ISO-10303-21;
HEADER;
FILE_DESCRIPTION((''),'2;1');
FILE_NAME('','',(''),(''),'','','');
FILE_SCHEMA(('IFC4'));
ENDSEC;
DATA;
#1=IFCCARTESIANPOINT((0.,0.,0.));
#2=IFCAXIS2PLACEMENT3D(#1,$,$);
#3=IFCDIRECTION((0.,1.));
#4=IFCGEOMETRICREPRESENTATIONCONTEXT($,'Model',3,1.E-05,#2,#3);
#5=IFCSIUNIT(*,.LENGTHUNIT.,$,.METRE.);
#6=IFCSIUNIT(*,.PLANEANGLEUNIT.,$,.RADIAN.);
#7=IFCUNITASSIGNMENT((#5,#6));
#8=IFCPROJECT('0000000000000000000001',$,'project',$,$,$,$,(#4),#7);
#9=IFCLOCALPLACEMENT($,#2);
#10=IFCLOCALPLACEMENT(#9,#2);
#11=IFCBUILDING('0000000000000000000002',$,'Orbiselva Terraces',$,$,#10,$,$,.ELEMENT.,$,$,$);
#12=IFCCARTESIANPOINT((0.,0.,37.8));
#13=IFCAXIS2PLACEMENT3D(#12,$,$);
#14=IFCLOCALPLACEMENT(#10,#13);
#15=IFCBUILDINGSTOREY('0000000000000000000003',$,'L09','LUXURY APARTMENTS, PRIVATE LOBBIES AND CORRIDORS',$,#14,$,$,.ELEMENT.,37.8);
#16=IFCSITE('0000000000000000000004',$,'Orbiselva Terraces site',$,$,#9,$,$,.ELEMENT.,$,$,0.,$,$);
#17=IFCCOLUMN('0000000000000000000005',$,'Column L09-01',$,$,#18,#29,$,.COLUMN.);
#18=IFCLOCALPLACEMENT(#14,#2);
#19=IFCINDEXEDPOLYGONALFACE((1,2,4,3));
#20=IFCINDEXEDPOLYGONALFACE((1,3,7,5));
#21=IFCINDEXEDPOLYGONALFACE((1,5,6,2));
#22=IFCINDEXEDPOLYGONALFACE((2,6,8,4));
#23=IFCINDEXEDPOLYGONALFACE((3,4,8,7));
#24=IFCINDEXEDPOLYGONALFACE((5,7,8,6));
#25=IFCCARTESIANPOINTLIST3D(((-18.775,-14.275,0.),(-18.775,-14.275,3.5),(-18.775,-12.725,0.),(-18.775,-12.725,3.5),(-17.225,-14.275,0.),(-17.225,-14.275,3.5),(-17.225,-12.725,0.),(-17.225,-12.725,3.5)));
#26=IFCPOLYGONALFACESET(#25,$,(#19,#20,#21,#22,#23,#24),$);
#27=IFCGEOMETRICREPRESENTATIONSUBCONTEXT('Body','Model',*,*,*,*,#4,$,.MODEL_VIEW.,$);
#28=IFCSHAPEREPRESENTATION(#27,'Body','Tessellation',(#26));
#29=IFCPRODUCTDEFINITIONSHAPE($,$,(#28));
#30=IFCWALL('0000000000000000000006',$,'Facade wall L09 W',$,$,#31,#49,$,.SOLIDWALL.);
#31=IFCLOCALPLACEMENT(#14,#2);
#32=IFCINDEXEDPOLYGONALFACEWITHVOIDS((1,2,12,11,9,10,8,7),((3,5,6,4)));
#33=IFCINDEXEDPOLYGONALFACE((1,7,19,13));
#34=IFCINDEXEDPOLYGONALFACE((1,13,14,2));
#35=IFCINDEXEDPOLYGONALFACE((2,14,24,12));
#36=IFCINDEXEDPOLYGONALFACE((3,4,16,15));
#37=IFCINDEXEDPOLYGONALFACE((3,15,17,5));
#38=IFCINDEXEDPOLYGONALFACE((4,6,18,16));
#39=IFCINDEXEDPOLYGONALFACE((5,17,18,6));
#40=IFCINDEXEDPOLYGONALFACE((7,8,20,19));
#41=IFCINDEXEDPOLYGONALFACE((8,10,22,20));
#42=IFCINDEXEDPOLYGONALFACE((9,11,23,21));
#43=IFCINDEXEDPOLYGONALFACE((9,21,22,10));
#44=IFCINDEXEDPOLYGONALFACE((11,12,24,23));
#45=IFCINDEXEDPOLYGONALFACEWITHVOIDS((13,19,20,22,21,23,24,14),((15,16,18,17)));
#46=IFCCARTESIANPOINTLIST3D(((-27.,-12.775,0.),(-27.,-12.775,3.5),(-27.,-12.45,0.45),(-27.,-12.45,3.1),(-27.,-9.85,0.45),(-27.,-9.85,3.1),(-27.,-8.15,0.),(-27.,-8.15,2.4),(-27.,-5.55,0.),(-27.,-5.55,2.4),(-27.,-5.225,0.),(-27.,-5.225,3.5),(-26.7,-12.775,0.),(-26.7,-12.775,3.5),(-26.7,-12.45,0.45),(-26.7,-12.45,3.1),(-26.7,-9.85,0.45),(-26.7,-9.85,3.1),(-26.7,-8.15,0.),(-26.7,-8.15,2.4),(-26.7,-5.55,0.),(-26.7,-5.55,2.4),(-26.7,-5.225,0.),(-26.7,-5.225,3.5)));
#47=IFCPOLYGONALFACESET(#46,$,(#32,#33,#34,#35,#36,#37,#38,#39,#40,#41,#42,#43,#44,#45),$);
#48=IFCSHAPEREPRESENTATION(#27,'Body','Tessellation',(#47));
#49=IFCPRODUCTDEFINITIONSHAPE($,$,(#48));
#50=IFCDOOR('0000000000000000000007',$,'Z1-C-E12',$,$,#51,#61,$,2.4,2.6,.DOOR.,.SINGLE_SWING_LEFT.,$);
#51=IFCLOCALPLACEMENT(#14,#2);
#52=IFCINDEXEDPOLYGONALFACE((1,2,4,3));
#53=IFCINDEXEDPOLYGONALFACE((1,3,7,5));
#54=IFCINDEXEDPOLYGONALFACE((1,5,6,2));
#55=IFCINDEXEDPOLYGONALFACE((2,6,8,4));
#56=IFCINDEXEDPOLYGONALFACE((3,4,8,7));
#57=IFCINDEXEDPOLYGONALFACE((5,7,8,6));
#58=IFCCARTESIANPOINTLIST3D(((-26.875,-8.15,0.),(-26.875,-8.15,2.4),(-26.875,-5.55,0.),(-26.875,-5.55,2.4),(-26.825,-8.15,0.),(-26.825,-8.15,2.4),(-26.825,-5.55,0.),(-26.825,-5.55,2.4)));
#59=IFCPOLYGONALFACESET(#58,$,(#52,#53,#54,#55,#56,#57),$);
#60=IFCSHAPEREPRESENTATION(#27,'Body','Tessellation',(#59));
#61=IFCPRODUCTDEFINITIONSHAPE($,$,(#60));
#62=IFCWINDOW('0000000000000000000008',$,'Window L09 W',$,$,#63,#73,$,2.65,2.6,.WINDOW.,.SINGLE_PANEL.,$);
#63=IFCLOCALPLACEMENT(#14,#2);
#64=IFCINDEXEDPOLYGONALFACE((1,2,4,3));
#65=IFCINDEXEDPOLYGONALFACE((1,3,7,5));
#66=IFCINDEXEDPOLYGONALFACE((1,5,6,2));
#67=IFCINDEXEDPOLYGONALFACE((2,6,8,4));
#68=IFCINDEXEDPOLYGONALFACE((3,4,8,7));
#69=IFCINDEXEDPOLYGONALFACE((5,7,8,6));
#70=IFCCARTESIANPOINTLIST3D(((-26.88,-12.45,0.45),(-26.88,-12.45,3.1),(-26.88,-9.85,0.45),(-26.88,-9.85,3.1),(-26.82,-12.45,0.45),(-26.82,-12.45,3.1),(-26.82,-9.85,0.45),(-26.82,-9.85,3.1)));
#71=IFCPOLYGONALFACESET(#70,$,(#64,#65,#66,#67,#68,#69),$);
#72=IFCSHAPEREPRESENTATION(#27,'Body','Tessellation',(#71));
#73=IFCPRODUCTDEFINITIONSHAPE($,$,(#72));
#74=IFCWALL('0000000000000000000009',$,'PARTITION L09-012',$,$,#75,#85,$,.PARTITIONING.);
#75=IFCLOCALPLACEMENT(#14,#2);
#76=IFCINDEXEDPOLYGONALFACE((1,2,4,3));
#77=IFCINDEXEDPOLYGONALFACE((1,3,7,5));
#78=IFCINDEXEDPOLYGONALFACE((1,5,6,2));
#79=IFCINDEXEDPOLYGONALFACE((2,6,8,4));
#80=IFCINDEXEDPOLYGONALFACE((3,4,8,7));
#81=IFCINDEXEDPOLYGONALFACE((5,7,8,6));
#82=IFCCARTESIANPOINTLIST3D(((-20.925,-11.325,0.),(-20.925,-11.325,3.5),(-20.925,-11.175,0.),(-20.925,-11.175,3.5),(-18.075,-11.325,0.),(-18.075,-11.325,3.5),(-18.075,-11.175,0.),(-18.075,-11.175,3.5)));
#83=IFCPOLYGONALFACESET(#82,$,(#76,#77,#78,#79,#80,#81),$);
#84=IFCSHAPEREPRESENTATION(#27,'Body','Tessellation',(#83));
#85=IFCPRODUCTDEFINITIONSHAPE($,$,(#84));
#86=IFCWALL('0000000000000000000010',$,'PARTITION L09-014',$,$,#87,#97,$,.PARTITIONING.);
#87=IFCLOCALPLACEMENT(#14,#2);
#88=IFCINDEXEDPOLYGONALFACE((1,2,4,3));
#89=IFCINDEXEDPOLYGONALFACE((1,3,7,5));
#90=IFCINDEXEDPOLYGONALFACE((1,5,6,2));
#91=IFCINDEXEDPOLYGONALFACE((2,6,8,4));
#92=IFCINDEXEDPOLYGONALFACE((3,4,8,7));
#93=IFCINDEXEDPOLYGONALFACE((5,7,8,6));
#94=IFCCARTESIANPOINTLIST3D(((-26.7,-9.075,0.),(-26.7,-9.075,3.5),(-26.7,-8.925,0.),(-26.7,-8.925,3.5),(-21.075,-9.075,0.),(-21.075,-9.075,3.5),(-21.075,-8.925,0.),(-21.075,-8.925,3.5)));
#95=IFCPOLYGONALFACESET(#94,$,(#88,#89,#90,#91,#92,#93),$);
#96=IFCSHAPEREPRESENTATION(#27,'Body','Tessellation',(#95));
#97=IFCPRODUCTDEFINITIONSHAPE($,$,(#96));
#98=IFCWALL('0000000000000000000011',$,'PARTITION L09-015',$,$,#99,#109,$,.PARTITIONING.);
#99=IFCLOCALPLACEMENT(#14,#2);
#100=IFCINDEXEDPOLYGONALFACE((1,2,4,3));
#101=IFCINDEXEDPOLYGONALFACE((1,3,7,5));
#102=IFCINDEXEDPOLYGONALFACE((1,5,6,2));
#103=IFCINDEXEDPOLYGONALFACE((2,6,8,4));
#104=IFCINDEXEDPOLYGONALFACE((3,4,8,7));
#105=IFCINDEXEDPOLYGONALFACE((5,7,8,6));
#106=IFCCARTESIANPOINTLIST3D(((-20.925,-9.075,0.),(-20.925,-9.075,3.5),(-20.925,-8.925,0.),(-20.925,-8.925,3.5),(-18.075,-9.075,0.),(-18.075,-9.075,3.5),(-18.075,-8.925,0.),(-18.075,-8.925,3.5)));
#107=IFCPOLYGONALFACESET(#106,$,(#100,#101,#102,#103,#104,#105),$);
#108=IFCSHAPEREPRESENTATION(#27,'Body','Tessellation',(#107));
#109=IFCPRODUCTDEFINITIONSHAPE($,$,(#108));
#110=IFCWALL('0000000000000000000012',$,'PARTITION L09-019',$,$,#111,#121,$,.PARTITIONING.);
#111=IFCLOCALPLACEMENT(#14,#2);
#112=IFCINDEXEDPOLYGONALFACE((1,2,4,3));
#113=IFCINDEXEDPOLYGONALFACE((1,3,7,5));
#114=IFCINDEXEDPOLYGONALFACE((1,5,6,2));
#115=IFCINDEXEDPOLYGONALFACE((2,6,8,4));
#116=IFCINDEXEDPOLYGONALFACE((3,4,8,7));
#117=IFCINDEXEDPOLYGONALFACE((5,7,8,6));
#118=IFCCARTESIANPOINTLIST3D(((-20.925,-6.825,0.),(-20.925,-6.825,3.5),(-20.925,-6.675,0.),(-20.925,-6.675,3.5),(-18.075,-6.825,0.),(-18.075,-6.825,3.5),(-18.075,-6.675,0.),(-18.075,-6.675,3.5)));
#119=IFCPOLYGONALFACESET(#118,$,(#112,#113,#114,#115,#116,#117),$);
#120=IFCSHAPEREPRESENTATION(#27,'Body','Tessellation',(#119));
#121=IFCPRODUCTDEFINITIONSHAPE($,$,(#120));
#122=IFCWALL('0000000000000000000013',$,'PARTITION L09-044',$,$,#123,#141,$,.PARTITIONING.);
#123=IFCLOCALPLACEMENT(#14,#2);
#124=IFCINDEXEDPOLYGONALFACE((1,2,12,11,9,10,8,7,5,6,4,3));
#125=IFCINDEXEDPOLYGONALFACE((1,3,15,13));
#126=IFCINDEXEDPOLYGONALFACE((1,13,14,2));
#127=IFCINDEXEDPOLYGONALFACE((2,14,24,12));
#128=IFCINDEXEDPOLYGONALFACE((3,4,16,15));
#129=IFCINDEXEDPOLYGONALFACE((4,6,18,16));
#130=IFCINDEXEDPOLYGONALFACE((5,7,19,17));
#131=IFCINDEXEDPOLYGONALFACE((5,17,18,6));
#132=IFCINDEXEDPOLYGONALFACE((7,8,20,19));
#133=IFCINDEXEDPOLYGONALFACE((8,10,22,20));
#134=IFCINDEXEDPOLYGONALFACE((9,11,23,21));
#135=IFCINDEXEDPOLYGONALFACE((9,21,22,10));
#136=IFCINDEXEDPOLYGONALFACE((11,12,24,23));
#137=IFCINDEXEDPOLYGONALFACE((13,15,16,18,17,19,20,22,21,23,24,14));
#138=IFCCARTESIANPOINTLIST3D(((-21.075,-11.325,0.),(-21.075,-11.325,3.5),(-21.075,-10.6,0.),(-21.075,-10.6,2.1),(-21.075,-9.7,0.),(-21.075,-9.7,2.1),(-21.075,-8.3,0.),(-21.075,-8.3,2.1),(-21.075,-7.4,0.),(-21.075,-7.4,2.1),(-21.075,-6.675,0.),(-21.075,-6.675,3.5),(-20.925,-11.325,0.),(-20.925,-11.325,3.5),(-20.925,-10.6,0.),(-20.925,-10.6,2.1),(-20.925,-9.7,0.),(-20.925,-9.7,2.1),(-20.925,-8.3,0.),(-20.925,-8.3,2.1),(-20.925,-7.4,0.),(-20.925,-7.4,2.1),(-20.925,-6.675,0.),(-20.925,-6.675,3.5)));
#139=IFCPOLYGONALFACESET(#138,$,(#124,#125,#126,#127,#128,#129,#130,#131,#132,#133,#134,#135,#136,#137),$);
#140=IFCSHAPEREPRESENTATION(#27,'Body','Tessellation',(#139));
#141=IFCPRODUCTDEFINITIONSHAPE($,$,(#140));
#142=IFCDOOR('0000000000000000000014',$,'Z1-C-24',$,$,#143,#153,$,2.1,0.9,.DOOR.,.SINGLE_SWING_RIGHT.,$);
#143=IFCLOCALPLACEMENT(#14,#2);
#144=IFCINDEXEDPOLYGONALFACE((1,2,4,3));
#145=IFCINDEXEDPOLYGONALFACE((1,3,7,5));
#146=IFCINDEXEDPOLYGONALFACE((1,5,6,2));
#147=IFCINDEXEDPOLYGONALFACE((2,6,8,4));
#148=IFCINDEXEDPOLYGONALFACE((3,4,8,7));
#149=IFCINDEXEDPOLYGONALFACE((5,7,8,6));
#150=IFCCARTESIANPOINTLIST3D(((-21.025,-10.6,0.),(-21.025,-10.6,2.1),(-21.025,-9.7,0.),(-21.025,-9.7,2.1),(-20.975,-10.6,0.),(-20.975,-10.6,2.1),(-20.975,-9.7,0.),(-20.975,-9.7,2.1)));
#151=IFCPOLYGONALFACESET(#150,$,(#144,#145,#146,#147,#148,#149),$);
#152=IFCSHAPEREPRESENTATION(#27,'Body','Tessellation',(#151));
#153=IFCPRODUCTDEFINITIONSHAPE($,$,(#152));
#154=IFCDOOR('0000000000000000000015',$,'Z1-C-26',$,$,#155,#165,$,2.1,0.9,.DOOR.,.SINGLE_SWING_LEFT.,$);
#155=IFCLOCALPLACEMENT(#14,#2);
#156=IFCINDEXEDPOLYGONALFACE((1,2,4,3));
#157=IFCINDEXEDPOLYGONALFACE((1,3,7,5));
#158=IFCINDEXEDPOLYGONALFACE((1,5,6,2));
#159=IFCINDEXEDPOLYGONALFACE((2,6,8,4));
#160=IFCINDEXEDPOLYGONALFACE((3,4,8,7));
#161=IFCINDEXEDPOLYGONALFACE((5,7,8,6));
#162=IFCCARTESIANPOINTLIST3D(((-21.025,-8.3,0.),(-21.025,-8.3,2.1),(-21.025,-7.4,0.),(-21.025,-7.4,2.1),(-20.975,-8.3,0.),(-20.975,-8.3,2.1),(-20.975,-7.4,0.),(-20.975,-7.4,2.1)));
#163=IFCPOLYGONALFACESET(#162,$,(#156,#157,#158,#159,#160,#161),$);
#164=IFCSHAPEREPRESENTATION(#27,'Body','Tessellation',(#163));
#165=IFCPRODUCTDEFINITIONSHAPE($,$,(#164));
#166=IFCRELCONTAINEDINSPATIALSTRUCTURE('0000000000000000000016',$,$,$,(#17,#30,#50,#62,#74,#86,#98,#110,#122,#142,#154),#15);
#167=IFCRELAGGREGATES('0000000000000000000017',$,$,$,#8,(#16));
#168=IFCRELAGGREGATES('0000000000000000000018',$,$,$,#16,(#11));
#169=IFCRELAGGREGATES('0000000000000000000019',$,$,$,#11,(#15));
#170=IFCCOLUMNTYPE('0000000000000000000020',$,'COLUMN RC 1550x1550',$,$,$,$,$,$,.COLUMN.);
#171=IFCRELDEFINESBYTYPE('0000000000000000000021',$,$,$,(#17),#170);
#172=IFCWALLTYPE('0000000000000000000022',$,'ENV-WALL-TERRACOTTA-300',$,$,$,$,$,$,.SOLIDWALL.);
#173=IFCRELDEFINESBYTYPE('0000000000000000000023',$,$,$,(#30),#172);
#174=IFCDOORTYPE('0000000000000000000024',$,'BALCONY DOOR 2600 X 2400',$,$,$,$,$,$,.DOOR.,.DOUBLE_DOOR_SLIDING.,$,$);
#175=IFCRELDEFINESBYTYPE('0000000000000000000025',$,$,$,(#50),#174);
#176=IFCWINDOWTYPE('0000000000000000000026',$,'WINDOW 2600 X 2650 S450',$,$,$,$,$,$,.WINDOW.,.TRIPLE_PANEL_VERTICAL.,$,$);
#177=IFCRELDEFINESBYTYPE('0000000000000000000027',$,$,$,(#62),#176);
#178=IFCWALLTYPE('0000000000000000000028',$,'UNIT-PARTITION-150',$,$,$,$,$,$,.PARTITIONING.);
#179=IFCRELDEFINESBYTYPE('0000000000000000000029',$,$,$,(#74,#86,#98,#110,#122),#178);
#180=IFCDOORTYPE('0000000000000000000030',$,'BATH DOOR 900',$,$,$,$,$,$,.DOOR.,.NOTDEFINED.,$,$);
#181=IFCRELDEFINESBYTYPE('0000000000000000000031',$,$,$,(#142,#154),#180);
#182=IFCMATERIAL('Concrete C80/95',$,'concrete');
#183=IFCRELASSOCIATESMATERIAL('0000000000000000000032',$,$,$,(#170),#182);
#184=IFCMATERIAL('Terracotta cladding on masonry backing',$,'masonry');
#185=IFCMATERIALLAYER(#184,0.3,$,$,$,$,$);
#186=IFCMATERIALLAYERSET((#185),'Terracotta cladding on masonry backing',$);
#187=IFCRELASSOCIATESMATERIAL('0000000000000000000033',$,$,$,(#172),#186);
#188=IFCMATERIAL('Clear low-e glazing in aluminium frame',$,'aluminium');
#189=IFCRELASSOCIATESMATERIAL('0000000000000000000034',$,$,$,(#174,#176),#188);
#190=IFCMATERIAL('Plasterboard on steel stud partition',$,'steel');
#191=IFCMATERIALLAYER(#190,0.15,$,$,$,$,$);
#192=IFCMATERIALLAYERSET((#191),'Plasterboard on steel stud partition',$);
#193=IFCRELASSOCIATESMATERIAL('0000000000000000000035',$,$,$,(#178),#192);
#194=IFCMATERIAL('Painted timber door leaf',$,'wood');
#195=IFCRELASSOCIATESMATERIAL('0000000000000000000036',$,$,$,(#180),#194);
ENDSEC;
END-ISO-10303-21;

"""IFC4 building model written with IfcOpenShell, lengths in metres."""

from ifc_helpers import new_model, si_unit, direction, frame, frame_2d, origin, origin_2d, place, context, subcontext, project, spatial, rectangle, extrude, material, layer, layer_set, material_profile, profile_set, type_object, element, fill, save


model = new_model("IFC4")

# Units and contexts
model_context = context("Model", 3, precision=1e-05, world=origin(), true_north=direction((0.0, 1.0)))
body_context = subcontext(model_context, "Body", "Model", "MODEL_VIEW")
ifc_project = project(units=[si_unit("LENGTHUNIT", "METRE"), si_unit("PLANEANGLEUNIT", "RADIAN")], contexts=[model_context])

# Site, building, storey
site_placement = place(None, origin())
site = spatial("IfcSite", under=ifc_project, at=site_placement, Name="Orbiselva Terraces site", CompositionType="ELEMENT", RefElevation=0.0)
building_placement = place(site_placement, origin())
building = spatial("IfcBuilding", under=site, at=building_placement, Name="Orbiselva Terraces", CompositionType="ELEMENT")
storey_placement = place(building_placement, frame((0.0, 0.0, 37.8)))
storey = spatial("IfcBuildingStorey", under=building, at=storey_placement, Name="L09", Description="LUXURY APARTMENTS, PRIVATE LOBBIES AND CORRIDORS", CompositionType="ELEMENT", Elevation=37.8)

# Column
ifc_material_1 = material(Name="Concrete C80/95", Category="concrete")
ifc_material_profile = material_profile(ifc_material_1, rectangle(XDim=1.55, YDim=1.55, at=origin_2d()), Name="RC 1550x1550")
ifc_profile_set = profile_set([ifc_material_profile], Name="Concrete C80/95")
column_type = type_object("IfcColumnType", Name="COLUMN RC 1550x1550", PredefinedType="COLUMN", material=ifc_profile_set)
column_placement = place(storey_placement, frame((-18.0, -13.5, 0.0), z_axis=(0.0, 0.0, 1.0), x_axis=(1.0, 0.0, 0.0)))
element("IfcColumn", 1, at=column_placement, inside=storey, type_object=column_type, Name="Column L09-01", PredefinedType="COLUMN", context=body_context, shape_type="SweptSolid", body=[
    extrude(rectangle(XDim=1.55, YDim=1.55, at=origin_2d()), origin(), (0.0, 0.0, 1.0), 3.5),
])

# Wall, openings, door, window
ifc_material_2 = material(Name="Terracotta cladding on masonry backing", Category="masonry")
ifc_layer_1 = layer(ifc_material_2, 0.3)
ifc_layer_set_1 = layer_set([ifc_layer_1], Name="Terracotta cladding on masonry backing")
wall_type_1 = type_object("IfcWallType", Name="ENV-WALL-TERRACOTTA-300", PredefinedType="SOLIDWALL", material=ifc_layer_set_1)
wall_1_placement = place(storey_placement, frame((-26.85, -12.775, 0.0), z_axis=(0.0, 0.0, 1.0), x_axis=(0.0, 1.0, 0.0)))
wall_1 = element("IfcWall", 2, at=wall_1_placement, inside=storey, type_object=wall_type_1, Name="Facade wall L09 W", PredefinedType="SOLIDWALL", context=body_context, shape_type="SweptSolid", body=[
    extrude(rectangle(XDim=7.55, YDim=0.3, at=frame_2d((3.775, 0.0))), origin(), (0.0, 0.0, 1.0), 3.5),
])
opening_1_placement = place(wall_1_placement, frame((4.625, 0.0, 0.0)))
opening_1 = element("IfcOpeningElement", 3, at=opening_1_placement, cuts=wall_1, PredefinedType="OPENING", context=body_context, shape_type="SweptSolid", body=[
    extrude(rectangle(XDim=2.6, YDim=2.4, at=frame_2d((1.3, 1.2))), frame((0.0, 0.16, 0.0), z_axis=(0.0, -1.0, 0.0), x_axis=(1.0, 0.0, 0.0)), (0.0, 0.0, 1.0), 0.32),
])
opening_2_placement = place(wall_1_placement, frame((0.325, 0.0, 0.45)))
opening_2 = element("IfcOpeningElement", 4, at=opening_2_placement, cuts=wall_1, PredefinedType="OPENING", context=body_context, shape_type="SweptSolid", body=[
    extrude(rectangle(XDim=2.6, YDim=2.65, at=frame_2d((1.3, 1.325))), frame((0.0, 0.16, 0.0), z_axis=(0.0, -1.0, 0.0), x_axis=(1.0, 0.0, 0.0)), (0.0, 0.0, 1.0), 0.32),
])
ifc_material_3 = material(Name="Clear low-e glazing in aluminium frame", Category="aluminium")
door_type_1 = type_object("IfcDoorType", Name="BALCONY DOOR 2600 X 2400", OperationType="DOUBLE_DOOR_SLIDING", PredefinedType="DOOR", material=ifc_material_3)
door_1_placement = place(opening_1_placement, origin())
door_1 = element("IfcDoor", 5, at=door_1_placement, inside=storey, type_object=door_type_1, Name="Z1-C-E12", OperationType="SINGLE_SWING_LEFT", OverallHeight=2.4, OverallWidth=2.6, PredefinedType="DOOR", context=body_context, shape_type="SweptSolid", body=[
    extrude(rectangle(XDim=2.6, YDim=2.4, at=frame_2d((1.3, 1.2))), frame((0.0, 0.025, 0.0), z_axis=(0.0, -1.0, 0.0), x_axis=(1.0, 0.0, 0.0)), (0.0, 0.0, 1.0), 0.05),
])
fill(opening_1, door_1)
window_type = type_object("IfcWindowType", Name="WINDOW 2600 X 2650 S450", PartitioningType="TRIPLE_PANEL_VERTICAL", PredefinedType="WINDOW", material=ifc_material_3)
window_placement = place(opening_2_placement, origin())
window = element("IfcWindow", 6, at=window_placement, inside=storey, type_object=window_type, Name="Window L09 W", OverallHeight=2.65, OverallWidth=2.6, PartitioningType="SINGLE_PANEL", PredefinedType="WINDOW", context=body_context, shape_type="SweptSolid", body=[
    extrude(rectangle(XDim=2.6, YDim=2.65, at=frame_2d((1.3, 1.325))), frame((0.0, 0.03, 0.0), z_axis=(0.0, -1.0, 0.0), x_axis=(1.0, 0.0, 0.0)), (0.0, 0.0, 1.0), 0.06),
])
fill(opening_2, window)

# Walls
ifc_material_4 = material(Name="Plasterboard on steel stud partition", Category="steel")
ifc_layer_2 = layer(ifc_material_4, 0.15)
ifc_layer_set_2 = layer_set([ifc_layer_2], Name="Plasterboard on steel stud partition")
wall_type_2 = type_object("IfcWallType", Name="UNIT-PARTITION-150", PredefinedType="PARTITIONING", material=ifc_layer_set_2)
wall_2_placement = place(storey_placement, frame((-20.925, -11.25, 0.0), z_axis=(0.0, 0.0, 1.0), x_axis=(1.0, 0.0, 0.0)))
element("IfcWall", 7, at=wall_2_placement, inside=storey, type_object=wall_type_2, Name="PARTITION L09-012", PredefinedType="PARTITIONING", context=body_context, shape_type="SweptSolid", body=[
    extrude(rectangle(XDim=2.85, YDim=0.15, at=frame_2d((1.425, 0.0))), origin(), (0.0, 0.0, 1.0), 3.5),
])
wall_3_placement = place(storey_placement, frame((-26.7, -9.0, 0.0), z_axis=(0.0, 0.0, 1.0), x_axis=(1.0, 0.0, 0.0)))
element("IfcWall", 8, at=wall_3_placement, inside=storey, type_object=wall_type_2, Name="PARTITION L09-014", PredefinedType="PARTITIONING", context=body_context, shape_type="SweptSolid", body=[
    extrude(rectangle(XDim=5.625, YDim=0.15, at=frame_2d((2.8125, 0.0))), origin(), (0.0, 0.0, 1.0), 3.5),
])
for number, where, z_axis, x_axis, name in (
    (9, (-20.925, -9.0, 0.0), (0.0, 0.0, 1.0), (1.0, 0.0, 0.0), "PARTITION L09-015"),
    (10, (-20.925, -6.75, 0.0), (0.0, 0.0, 1.0), (1.0, 0.0, 0.0), "PARTITION L09-019"),
):
    element("IfcWall", number, at=place(storey_placement, frame(where, z_axis=z_axis, x_axis=x_axis)), inside=storey, type_object=wall_type_2, Name=name, PredefinedType="PARTITIONING", context=body_context, shape_type="SweptSolid", body=[
        extrude(rectangle(XDim=2.85, YDim=0.15, at=frame_2d((1.425, 0.0))), origin(), (0.0, 0.0, 1.0), 3.5),
    ])

# Wall, openings, doors
wall_4_placement = place(storey_placement, frame((-21.0, -6.675, 0.0), z_axis=(0.0, 0.0, 1.0), x_axis=(0.0, -1.0, 0.0)))
wall_4 = element("IfcWall", 11, at=wall_4_placement, inside=storey, type_object=wall_type_2, Name="PARTITION L09-044", PredefinedType="PARTITIONING", context=body_context, shape_type="SweptSolid", body=[
    extrude(rectangle(XDim=4.65, YDim=0.15, at=frame_2d((2.325, 0.0))), origin(), (0.0, 0.0, 1.0), 3.5),
])
opening_3_placement = place(wall_4_placement, frame((3.025, 0.0, 0.0)))
opening_3 = element("IfcOpeningElement", 12, at=opening_3_placement, cuts=wall_4, PredefinedType="OPENING", context=body_context, shape_type="SweptSolid", body=[
    extrude(rectangle(XDim=0.9, YDim=2.1, at=frame_2d((0.45, 1.05))), frame((0.0, 0.085, 0.0), z_axis=(0.0, -1.0, 0.0), x_axis=(1.0, 0.0, 0.0)), (0.0, 0.0, 1.0), 0.17),
])
opening_4_placement = place(wall_4_placement, frame((0.725, 0.0, 0.0)))
opening_4 = element("IfcOpeningElement", 13, at=opening_4_placement, cuts=wall_4, PredefinedType="OPENING", context=body_context, shape_type="SweptSolid", body=[
    extrude(rectangle(XDim=0.9, YDim=2.1, at=frame_2d((0.45, 1.05))), frame((0.0, 0.085, 0.0), z_axis=(0.0, -1.0, 0.0), x_axis=(1.0, 0.0, 0.0)), (0.0, 0.0, 1.0), 0.17),
])
ifc_material_5 = material(Name="Painted timber door leaf", Category="wood")
door_type_2 = type_object("IfcDoorType", Name="BATH DOOR 900", OperationType="NOTDEFINED", PredefinedType="DOOR", material=ifc_material_5)
door_2_placement = place(opening_3_placement, origin())
door_2 = element("IfcDoor", 14, at=door_2_placement, inside=storey, type_object=door_type_2, Name="Z1-C-24", OperationType="SINGLE_SWING_RIGHT", OverallHeight=2.1, OverallWidth=0.9, PredefinedType="DOOR", context=body_context, shape_type="SweptSolid", body=[
    extrude(rectangle(XDim=0.9, YDim=2.1, at=frame_2d((0.45, 1.05))), frame((0.0, 0.025, 0.0), z_axis=(0.0, -1.0, 0.0), x_axis=(1.0, 0.0, 0.0)), (0.0, 0.0, 1.0), 0.05),
])
fill(opening_3, door_2)
door_3_placement = place(opening_4_placement, origin())
door_3 = element("IfcDoor", 15, at=door_3_placement, inside=storey, type_object=door_type_2, Name="Z1-C-26", OperationType="SINGLE_SWING_LEFT", OverallHeight=2.1, OverallWidth=0.9, PredefinedType="DOOR", context=body_context, shape_type="SweptSolid", body=[
    extrude(rectangle(XDim=0.9, YDim=2.1, at=frame_2d((0.45, 1.05))), frame((0.0, 0.025, 0.0), z_axis=(0.0, -1.0, 0.0), x_axis=(1.0, 0.0, 0.0)), (0.0, 0.0, 1.0), 0.05),
])
fill(opening_4, door_3)

save(model, "model.ifc")
